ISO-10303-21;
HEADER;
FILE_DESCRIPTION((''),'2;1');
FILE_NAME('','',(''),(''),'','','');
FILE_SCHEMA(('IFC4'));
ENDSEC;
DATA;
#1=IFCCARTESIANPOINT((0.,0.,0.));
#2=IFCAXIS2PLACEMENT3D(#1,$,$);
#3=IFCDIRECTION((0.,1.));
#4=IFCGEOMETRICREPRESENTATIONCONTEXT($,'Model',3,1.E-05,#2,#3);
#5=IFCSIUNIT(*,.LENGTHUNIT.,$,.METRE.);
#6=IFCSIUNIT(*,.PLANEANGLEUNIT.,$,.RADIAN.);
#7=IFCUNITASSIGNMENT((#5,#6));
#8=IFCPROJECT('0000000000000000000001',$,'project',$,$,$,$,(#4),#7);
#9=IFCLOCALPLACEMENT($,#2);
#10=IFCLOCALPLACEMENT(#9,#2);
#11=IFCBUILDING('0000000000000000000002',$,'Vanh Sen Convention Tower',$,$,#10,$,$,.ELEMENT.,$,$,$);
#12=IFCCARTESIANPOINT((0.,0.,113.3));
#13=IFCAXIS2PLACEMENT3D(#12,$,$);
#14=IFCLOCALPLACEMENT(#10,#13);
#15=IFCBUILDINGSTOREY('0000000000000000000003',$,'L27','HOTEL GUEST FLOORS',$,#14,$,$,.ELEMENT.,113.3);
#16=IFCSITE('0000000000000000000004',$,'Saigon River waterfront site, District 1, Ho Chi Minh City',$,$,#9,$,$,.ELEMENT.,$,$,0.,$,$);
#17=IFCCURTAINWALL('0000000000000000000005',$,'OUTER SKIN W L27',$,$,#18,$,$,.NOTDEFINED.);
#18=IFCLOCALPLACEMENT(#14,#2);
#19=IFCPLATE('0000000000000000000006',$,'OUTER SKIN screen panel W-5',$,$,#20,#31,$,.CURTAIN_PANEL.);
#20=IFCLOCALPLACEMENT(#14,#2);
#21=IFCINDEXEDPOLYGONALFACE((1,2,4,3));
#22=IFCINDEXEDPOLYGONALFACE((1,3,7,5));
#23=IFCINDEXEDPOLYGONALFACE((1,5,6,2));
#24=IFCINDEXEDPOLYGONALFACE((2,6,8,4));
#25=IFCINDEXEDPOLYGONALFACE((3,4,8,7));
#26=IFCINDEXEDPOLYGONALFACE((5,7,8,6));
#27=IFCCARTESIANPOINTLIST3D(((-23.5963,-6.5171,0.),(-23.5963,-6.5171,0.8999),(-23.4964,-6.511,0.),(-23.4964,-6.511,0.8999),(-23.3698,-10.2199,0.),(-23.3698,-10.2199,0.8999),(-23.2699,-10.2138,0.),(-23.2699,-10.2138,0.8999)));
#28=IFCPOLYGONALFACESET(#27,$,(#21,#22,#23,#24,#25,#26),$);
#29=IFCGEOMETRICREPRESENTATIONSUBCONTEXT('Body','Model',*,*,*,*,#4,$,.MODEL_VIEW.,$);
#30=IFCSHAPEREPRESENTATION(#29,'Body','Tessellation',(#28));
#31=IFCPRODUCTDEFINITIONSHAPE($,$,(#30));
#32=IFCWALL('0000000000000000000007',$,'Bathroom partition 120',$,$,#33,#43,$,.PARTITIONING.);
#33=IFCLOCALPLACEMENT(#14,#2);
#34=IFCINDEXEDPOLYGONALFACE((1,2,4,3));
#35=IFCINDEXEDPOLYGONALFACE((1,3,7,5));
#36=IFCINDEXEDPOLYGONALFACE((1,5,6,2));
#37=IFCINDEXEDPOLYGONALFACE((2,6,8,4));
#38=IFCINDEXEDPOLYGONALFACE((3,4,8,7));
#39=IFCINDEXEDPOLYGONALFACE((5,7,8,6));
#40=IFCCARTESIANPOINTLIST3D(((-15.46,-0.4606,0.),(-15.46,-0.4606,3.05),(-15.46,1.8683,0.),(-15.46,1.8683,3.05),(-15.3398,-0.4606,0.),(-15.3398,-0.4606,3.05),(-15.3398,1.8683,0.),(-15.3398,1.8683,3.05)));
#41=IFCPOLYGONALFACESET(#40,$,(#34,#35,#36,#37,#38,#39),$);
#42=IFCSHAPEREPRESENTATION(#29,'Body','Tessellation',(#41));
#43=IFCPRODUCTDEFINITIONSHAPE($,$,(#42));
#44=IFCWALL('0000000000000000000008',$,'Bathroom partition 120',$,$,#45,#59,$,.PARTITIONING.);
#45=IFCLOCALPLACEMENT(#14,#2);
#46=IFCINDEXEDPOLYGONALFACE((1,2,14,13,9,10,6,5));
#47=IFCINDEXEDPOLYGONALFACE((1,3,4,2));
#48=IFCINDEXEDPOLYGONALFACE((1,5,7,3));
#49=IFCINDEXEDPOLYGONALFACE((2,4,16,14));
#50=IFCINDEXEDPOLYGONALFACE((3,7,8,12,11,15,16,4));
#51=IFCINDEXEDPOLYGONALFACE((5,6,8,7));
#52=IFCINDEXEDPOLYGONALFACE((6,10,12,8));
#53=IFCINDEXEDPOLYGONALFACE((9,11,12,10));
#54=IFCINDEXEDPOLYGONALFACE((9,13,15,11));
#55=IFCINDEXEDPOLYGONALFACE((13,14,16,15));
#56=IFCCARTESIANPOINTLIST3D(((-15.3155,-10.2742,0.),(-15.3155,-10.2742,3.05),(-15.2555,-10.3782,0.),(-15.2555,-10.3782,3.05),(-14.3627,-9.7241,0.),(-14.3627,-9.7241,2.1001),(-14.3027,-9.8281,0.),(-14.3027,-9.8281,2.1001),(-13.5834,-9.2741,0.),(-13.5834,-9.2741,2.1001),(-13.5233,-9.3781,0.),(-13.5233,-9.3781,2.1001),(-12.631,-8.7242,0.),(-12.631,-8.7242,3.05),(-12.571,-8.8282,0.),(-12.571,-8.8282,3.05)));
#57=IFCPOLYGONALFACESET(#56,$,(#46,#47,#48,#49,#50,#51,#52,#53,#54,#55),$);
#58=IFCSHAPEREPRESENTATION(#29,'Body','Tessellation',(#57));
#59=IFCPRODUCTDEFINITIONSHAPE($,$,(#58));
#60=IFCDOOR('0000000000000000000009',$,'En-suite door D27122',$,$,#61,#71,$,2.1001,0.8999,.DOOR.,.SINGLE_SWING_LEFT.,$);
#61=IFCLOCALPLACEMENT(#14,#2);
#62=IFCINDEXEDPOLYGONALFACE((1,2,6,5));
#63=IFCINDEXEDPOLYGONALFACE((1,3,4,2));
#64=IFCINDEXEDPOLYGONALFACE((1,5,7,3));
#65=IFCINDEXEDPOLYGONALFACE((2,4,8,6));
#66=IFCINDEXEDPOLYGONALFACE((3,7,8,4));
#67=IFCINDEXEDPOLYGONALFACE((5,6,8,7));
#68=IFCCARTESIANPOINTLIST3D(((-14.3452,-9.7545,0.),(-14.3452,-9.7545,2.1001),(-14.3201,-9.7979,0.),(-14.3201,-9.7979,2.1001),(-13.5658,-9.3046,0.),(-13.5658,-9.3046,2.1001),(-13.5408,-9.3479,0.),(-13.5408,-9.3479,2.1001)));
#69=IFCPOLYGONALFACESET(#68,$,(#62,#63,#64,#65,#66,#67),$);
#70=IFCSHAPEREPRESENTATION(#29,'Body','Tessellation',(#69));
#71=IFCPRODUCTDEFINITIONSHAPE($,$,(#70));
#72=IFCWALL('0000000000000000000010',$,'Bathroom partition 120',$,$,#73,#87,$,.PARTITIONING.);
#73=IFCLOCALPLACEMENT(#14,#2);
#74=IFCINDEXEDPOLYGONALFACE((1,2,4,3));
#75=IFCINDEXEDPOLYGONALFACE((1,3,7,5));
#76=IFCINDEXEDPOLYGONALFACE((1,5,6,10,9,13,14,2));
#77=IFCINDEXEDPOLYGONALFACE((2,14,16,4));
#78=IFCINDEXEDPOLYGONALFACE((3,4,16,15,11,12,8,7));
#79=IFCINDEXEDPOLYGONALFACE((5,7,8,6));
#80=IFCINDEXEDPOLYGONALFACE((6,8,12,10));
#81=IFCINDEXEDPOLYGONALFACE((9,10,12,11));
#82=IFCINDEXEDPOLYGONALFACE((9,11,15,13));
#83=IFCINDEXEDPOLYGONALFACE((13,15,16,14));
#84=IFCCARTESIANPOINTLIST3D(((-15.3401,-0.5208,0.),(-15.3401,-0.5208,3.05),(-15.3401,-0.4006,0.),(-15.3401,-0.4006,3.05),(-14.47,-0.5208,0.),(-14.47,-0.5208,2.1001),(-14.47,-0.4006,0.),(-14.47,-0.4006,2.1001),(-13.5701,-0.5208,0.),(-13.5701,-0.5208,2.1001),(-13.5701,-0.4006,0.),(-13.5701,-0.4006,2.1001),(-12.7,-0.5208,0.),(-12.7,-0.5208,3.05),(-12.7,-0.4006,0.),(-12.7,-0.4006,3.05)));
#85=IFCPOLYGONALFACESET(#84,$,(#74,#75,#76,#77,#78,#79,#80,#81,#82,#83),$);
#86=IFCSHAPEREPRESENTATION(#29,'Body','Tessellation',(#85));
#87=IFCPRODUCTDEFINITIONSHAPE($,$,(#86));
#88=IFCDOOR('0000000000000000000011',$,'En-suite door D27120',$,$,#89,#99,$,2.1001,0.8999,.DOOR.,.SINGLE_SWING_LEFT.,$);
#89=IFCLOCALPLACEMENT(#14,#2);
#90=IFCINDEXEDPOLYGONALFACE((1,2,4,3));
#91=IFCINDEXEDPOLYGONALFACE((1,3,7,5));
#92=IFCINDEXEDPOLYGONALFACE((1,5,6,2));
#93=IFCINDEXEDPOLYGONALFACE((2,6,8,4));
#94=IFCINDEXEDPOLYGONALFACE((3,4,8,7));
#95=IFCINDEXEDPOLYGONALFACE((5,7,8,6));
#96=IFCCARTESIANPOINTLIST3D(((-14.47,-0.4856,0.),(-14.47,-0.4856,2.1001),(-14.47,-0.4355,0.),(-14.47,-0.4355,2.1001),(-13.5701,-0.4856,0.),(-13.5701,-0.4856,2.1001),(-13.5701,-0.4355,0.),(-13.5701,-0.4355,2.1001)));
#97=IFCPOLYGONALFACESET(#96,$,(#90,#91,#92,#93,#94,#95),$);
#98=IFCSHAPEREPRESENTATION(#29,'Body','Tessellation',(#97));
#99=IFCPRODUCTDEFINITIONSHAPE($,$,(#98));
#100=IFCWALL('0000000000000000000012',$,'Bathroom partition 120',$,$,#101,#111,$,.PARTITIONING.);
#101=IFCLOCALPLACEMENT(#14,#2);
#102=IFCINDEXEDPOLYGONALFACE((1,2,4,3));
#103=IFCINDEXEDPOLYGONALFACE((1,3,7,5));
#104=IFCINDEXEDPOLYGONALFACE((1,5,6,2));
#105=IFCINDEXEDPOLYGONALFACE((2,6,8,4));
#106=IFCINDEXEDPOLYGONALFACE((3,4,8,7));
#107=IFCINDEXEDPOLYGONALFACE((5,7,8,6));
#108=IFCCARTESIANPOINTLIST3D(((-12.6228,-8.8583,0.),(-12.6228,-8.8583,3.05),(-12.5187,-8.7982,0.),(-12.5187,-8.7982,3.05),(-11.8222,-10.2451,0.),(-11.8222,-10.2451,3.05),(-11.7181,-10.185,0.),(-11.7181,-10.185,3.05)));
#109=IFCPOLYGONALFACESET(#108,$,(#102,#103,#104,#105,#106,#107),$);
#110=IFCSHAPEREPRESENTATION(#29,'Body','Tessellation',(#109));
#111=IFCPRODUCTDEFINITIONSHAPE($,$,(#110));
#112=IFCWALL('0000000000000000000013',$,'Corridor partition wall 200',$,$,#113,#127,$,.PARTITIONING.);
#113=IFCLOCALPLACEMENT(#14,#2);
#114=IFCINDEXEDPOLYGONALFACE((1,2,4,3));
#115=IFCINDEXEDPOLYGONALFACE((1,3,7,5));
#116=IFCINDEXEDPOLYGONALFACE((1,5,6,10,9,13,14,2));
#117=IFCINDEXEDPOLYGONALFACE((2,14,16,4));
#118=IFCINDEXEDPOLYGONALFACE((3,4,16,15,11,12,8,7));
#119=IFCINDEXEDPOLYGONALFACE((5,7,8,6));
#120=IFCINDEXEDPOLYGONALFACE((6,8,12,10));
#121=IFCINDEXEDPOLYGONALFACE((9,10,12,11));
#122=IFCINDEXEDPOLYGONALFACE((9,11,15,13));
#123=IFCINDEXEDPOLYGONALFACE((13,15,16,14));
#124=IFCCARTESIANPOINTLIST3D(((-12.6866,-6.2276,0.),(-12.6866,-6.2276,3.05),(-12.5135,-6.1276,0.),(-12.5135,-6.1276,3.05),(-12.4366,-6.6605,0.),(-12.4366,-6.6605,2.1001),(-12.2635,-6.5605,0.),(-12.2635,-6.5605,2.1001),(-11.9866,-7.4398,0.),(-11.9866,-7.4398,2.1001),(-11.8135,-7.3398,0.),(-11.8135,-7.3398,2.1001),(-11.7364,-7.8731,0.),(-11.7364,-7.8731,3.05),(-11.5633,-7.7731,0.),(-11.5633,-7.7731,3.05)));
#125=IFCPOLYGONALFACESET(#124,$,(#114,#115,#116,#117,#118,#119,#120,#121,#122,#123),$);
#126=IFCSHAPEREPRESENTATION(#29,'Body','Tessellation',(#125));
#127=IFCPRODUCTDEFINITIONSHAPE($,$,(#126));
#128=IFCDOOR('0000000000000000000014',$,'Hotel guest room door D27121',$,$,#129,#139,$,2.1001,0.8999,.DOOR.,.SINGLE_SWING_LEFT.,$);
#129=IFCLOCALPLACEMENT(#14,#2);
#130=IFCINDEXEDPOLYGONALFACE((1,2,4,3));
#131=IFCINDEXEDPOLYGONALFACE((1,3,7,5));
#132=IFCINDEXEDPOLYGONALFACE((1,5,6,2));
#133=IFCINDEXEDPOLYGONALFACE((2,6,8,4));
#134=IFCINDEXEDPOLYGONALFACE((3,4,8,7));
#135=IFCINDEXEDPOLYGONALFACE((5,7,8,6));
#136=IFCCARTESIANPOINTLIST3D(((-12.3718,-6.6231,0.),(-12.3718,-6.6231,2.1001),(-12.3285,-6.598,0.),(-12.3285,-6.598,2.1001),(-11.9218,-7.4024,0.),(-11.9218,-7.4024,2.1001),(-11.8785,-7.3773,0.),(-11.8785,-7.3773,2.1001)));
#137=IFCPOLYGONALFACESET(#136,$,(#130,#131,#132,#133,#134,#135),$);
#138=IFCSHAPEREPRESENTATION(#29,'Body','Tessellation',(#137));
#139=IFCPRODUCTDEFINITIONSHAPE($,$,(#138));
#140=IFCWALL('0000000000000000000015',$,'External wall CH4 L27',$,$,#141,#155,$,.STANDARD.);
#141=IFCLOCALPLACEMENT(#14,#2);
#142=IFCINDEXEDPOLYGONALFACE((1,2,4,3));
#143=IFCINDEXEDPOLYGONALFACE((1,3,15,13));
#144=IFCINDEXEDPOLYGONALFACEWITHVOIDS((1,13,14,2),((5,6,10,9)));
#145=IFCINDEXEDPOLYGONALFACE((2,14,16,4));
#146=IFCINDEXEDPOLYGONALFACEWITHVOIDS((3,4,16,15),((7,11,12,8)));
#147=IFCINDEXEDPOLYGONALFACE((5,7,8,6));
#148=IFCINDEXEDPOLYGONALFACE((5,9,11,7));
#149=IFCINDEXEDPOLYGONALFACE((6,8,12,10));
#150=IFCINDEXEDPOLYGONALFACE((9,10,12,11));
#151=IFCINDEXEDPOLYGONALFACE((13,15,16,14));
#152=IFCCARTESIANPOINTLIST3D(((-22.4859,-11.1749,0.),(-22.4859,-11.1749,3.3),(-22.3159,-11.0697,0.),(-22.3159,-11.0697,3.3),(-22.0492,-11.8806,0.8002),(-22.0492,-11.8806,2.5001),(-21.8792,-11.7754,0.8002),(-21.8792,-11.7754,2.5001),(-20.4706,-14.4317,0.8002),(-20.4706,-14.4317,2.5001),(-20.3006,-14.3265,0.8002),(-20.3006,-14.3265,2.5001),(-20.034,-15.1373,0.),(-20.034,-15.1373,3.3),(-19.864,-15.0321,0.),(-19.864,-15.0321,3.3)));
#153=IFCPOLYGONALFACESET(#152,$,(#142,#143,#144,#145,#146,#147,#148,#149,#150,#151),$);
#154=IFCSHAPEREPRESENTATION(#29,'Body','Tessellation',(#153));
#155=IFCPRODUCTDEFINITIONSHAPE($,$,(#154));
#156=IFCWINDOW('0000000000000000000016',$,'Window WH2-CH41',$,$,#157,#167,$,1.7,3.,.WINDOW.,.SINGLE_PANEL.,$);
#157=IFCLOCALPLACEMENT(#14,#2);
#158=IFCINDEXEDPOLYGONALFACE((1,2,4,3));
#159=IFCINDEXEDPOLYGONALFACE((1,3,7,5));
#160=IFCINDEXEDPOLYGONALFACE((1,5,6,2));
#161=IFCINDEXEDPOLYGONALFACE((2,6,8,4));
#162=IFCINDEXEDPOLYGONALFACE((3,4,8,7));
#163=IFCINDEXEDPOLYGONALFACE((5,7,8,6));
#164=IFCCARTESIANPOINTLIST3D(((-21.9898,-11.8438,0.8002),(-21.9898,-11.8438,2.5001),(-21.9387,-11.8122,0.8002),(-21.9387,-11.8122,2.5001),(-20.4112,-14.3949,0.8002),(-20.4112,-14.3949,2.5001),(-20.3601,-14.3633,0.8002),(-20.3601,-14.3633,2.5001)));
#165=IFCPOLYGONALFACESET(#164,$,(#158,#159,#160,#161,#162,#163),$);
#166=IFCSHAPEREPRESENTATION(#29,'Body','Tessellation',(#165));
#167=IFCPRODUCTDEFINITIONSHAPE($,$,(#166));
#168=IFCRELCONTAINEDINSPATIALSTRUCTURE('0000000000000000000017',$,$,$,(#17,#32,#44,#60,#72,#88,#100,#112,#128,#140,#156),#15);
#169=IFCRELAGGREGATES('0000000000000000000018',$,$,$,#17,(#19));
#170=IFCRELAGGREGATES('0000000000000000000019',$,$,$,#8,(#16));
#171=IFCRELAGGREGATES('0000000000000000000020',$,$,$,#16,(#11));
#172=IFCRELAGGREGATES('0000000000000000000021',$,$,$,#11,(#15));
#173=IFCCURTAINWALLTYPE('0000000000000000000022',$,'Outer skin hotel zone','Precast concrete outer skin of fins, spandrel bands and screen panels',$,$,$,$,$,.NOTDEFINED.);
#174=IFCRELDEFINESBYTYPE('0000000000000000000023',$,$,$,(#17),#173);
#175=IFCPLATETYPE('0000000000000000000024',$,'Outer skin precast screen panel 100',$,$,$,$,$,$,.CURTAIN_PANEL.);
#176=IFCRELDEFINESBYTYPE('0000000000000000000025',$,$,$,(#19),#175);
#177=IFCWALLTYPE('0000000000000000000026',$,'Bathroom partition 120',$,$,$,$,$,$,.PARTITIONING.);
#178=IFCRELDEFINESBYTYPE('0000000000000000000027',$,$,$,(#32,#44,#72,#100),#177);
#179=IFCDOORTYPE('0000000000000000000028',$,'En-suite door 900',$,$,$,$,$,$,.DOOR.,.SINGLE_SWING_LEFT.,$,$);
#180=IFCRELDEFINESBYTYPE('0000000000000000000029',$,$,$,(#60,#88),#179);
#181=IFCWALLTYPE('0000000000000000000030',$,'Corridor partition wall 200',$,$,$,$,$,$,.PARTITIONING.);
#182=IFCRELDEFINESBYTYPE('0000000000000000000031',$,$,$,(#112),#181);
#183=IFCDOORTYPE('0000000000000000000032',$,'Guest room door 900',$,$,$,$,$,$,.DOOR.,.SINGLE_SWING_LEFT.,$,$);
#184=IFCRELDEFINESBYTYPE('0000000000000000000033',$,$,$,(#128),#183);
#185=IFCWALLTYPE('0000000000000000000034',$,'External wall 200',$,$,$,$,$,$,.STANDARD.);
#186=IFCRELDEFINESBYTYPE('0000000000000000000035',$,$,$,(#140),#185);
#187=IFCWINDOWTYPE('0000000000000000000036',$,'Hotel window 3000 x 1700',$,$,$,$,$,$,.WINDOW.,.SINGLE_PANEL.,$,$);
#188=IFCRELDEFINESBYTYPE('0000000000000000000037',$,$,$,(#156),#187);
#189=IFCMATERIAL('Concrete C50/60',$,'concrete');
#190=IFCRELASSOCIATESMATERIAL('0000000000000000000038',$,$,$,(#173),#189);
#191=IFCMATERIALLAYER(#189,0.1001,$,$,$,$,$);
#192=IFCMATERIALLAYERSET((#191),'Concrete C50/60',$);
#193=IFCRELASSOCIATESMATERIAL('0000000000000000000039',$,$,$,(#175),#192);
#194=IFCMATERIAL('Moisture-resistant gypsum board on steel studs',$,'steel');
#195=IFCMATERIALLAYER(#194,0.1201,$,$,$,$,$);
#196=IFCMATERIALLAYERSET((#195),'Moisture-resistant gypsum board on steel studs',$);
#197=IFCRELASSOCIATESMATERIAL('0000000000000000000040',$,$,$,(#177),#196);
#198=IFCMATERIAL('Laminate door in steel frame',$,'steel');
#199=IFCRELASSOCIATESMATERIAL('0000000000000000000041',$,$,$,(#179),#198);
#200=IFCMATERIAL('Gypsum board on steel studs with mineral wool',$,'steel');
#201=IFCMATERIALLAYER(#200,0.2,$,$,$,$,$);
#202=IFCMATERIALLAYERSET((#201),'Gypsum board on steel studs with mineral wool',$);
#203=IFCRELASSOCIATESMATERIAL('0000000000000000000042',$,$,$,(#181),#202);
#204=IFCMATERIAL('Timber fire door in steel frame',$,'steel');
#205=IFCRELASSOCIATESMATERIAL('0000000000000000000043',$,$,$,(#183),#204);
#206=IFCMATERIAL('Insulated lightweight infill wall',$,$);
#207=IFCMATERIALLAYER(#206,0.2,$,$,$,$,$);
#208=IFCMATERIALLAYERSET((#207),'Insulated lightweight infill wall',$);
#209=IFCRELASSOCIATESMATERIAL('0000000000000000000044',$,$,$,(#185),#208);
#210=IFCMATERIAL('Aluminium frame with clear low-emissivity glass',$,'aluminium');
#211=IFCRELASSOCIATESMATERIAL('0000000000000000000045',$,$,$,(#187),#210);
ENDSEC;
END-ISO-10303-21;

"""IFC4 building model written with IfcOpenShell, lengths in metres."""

from ifc_helpers import new_model, si_unit, direction, frame, frame_2d, origin, origin_2d, place, context, subcontext, project, spatial, rectangle, extrude, material, layer, layer_set, type_object, element, fill, aggregate, save


model = new_model("IFC4")

# Units and contexts
model_context = context("Model", 3, precision=1e-05, world=origin(), true_north=direction((0.0, 1.0)))
body_context = subcontext(model_context, "Body", "Model", "MODEL_VIEW")
ifc_project = project(units=[si_unit("LENGTHUNIT", "METRE"), si_unit("PLANEANGLEUNIT", "RADIAN")], contexts=[model_context])

# Site, building, storey
site_placement = place(None, origin())
site = spatial("IfcSite", under=ifc_project, at=site_placement, Name="Saigon River waterfront site, District 1, Ho Chi Minh City", CompositionType="ELEMENT", RefElevation=0.0)
building_placement = place(site_placement, origin())
building = spatial("IfcBuilding", under=site, at=building_placement, Name="Vanh Sen Convention Tower", CompositionType="ELEMENT")
storey_placement = place(building_placement, frame((0.0, 0.0, 113.3)))
storey = spatial("IfcBuildingStorey", under=building, at=storey_placement, Name="L27", Description="HOTEL GUEST FLOORS", CompositionType="ELEMENT", Elevation=113.3)

# Curtain wall
ifc_material_1 = material(Name="Concrete C50/60", Category="concrete")
curtain_wall_type = type_object("IfcCurtainWallType", Name="Outer skin hotel zone", Description="Precast concrete outer skin of fins, spandrel bands and screen panels", PredefinedType="NOTDEFINED", material=ifc_material_1)
curtain_wall_1_placement = place(storey_placement, origin())
curtain_wall_1 = element("IfcCurtainWall", 1, at=curtain_wall_1_placement, inside=storey, type_object=curtain_wall_type, Name="OUTER SKIN W L27", PredefinedType="NOTDEFINED")

# Plate
ifc_layer_1 = layer(ifc_material_1, 0.1001)
ifc_layer_set_1 = layer_set([ifc_layer_1], Name="Concrete C50/60")
plate_type = type_object("IfcPlateType", Name="Outer skin precast screen panel 100", PredefinedType="CURTAIN_PANEL", material=ifc_layer_set_1)
plate_1_placement = place(storey_placement, frame((-23.4331, -8.3655, 0.0), z_axis=(0.0, 0.0, 1.0), x_axis=(0.061047, -0.998135, 0.0)))
plate_1 = element("IfcPlate", 2, at=plate_1_placement, type_object=plate_type, Name="OUTER SKIN screen panel W-5", PredefinedType="CURTAIN_PANEL", context=body_context, shape_type="SweptSolid", body=[
    extrude(rectangle(XDim=3.7097, YDim=0.1001, at=origin_2d()), origin(), (0.0, 0.0, 1.0), 0.8999),
])
aggregate(curtain_wall_1, [plate_1])

# Wall
ifc_material_2 = material(Name="Moisture-resistant gypsum board on steel studs", Category="steel")
ifc_layer_2 = layer(ifc_material_2, 0.1201)
ifc_layer_set_2 = layer_set([ifc_layer_2], Name="Moisture-resistant gypsum board on steel studs")
wall_type_1 = type_object("IfcWallType", Name="Bathroom partition 120", PredefinedType="PARTITIONING", material=ifc_layer_set_2)
wall_1_placement = place(storey_placement, frame((-15.3999, -0.4607, 0.0), z_axis=(0.0, 0.0, 1.0), x_axis=(0.0, 1.0, 0.0)))
element("IfcWall", 3, at=wall_1_placement, inside=storey, type_object=wall_type_1, Name="Bathroom partition 120", PredefinedType="PARTITIONING", context=body_context, shape_type="SweptSolid", body=[
    extrude(rectangle(XDim=2.3289, YDim=0.1201, at=frame_2d((1.1646, 0.0))), origin(), (0.0, 0.0, 1.0), 3.05),
])

# Walls, openings, doors
wall_2_placement = place(storey_placement, frame((-15.2854, -10.3262, 0.0), z_axis=(0.0, 0.0, 1.0), x_axis=(0.86601, 0.500027, 0.0)))
wall_2 = element("IfcWall", 4, at=wall_2_placement, inside=storey, type_object=wall_type_1, Name="Bathroom partition 120", PredefinedType="PARTITIONING", context=body_context, shape_type="SweptSolid", body=[
    extrude(rectangle(XDim=3.0999, YDim=0.1201, at=frame_2d((1.5498, 0.0))), origin(), (0.0, 0.0, 1.0), 3.05),
])
opening_1_placement = place(wall_2_placement, frame((1.1001, 0.0, 0.0)))
opening_1 = element("IfcOpeningElement", 5, at=opening_1_placement, cuts=wall_2, PredefinedType="OPENING", context=body_context, shape_type="SweptSolid", body=[
    extrude(rectangle(XDim=0.8999, YDim=2.1001, at=frame_2d((0.45, 1.05))), frame((0.0, 0.0701, 0.0), z_axis=(0.0, -1.0, 0.0), x_axis=(1.0, 0.0, 0.0)), (0.0, 0.0, 1.0), 0.1401),
])
ifc_material_3 = material(Name="Laminate door in steel frame", Category="steel")
door_type_1 = type_object("IfcDoorType", Name="En-suite door 900", OperationType="SINGLE_SWING_LEFT", PredefinedType="DOOR", material=ifc_material_3)
door_1_placement = place(opening_1_placement, origin())
door_1 = element("IfcDoor", 6, at=door_1_placement, inside=storey, type_object=door_type_1, Name="En-suite door D27122", OperationType="SINGLE_SWING_LEFT", OverallHeight=2.1001, OverallWidth=0.8999, PredefinedType="DOOR", context=body_context, shape_type="SweptSolid", body=[
    extrude(rectangle(XDim=0.8999, YDim=2.1001, at=frame_2d((0.45, 1.05))), frame((0.0, 0.0249, 0.0), z_axis=(0.0, -1.0, 0.0), x_axis=(1.0, 0.0, 0.0)), (0.0, 0.0, 1.0), 0.05),
])
fill(opening_1, door_1)
wall_3_placement = place(storey_placement, frame((-12.7, -0.4607, 0.0), z_axis=(0.0, 0.0, 1.0), x_axis=(-1.0, 0.0, 0.0)))
wall_3 = element("IfcWall", 7, at=wall_3_placement, inside=storey, type_object=wall_type_1, Name="Bathroom partition 120", PredefinedType="PARTITIONING", context=body_context, shape_type="SweptSolid", body=[
    extrude(rectangle(XDim=2.6401, YDim=0.1201, at=frame_2d((1.3201, 0.0))), origin(), (0.0, 0.0, 1.0), 3.05),
])
opening_2_placement = place(wall_3_placement, frame((0.8701, 0.0, 0.0)))
opening_2 = element("IfcOpeningElement", 8, at=opening_2_placement, cuts=wall_3, PredefinedType="OPENING", context=body_context, shape_type="SweptSolid", body=[
    extrude(rectangle(XDim=0.8999, YDim=2.1001, at=frame_2d((0.45, 1.05))), frame((0.0, 0.0701, 0.0), z_axis=(0.0, -1.0, 0.0), x_axis=(1.0, 0.0, 0.0)), (0.0, 0.0, 1.0), 0.1401),
])
door_2_placement = place(opening_2_placement, origin())
door_2 = element("IfcDoor", 9, at=door_2_placement, inside=storey, type_object=door_type_1, Name="En-suite door D27120", OperationType="SINGLE_SWING_LEFT", OverallHeight=2.1001, OverallWidth=0.8999, PredefinedType="DOOR", context=body_context, shape_type="SweptSolid", body=[
    extrude(rectangle(XDim=0.8999, YDim=2.1001, at=frame_2d((0.45, 1.05))), frame((0.0, 0.0249, 0.0), z_axis=(0.0, -1.0, 0.0), x_axis=(1.0, 0.0, 0.0)), (0.0, 0.0, 1.0), 0.05),
])
fill(opening_2, door_2)

# Wall
wall_4_placement = place(storey_placement, frame((-12.5708, -8.8281, 0.0), z_axis=(0.0, 0.0, 1.0), x_axis=(0.49996, -0.866048, 0.0)))
element("IfcWall", 10, at=wall_4_placement, inside=storey, type_object=wall_type_1, Name="Bathroom partition 120", PredefinedType="PARTITIONING", context=body_context, shape_type="SweptSolid", body=[
    extrude(rectangle(XDim=1.6013, YDim=0.1201, at=frame_2d((0.8008, 0.0))), origin(), (0.0, 0.0, 1.0), 3.05),
])

# Wall, opening, door
ifc_material_4 = material(Name="Gypsum board on steel studs with mineral wool", Category="steel")
ifc_layer_3 = layer(ifc_material_4, 0.2)
ifc_layer_set_3 = layer_set([ifc_layer_3], Name="Gypsum board on steel studs with mineral wool")
wall_type_2 = type_object("IfcWallType", Name="Corridor partition wall 200", PredefinedType="PARTITIONING", material=ifc_layer_set_3)
wall_5_placement = place(storey_placement, frame((-12.6001, -6.1775, 0.0), z_axis=(0.0, 0.0, 1.0), x_axis=(0.500064, -0.865989, 0.0)))
wall_5 = element("IfcWall", 11, at=wall_5_placement, inside=storey, type_object=wall_type_2, Name="Corridor partition wall 200", PredefinedType="PARTITIONING", context=body_context, shape_type="SweptSolid", body=[
    extrude(rectangle(XDim=1.9001, YDim=0.2, at=frame_2d((0.9502, 0.0))), origin(), (0.0, 0.0, 1.0), 3.05),
])
opening_3_placement = place(wall_5_placement, frame((0.5, 0.0, 0.0)))
opening_3 = element("IfcOpeningElement", 12, at=opening_3_placement, cuts=wall_5, PredefinedType="OPENING", context=body_context, shape_type="SweptSolid", body=[
    extrude(rectangle(XDim=0.8999, YDim=2.1001, at=frame_2d((0.45, 1.05))), frame((0.0, 0.1099, 0.0), z_axis=(0.0, -1.0, 0.0), x_axis=(1.0, 0.0, 0.0)), (0.0, 0.0, 1.0), 0.22),
])
ifc_material_5 = material(Name="Timber fire door in steel frame", Category="steel")
door_type_2 = type_object("IfcDoorType", Name="Guest room door 900", OperationType="SINGLE_SWING_LEFT", PredefinedType="DOOR", material=ifc_material_5)
door_3_placement = place(opening_3_placement, origin())
door_3 = element("IfcDoor", 13, at=door_3_placement, inside=storey, type_object=door_type_2, Name="Hotel guest room door D27121", OperationType="SINGLE_SWING_LEFT", OverallHeight=2.1001, OverallWidth=0.8999, PredefinedType="DOOR", context=body_context, shape_type="SweptSolid", body=[
    extrude(rectangle(XDim=0.8999, YDim=2.1001, at=frame_2d((0.45, 1.05))), frame((0.0, 0.0249, 0.0), z_axis=(0.0, -1.0, 0.0), x_axis=(1.0, 0.0, 0.0)), (0.0, 0.0, 1.0), 0.05),
])
fill(opening_3, door_3)

# Wall, opening, window
ifc_material_6 = material(Name="Insulated lightweight infill wall")
ifc_layer_4 = layer(ifc_material_6, 0.2)
ifc_layer_set_4 = layer_set([ifc_layer_4], Name="Insulated lightweight infill wall")
wall_type_3 = type_object("IfcWallType", Name="External wall 200", PredefinedType="STANDARD", material=ifc_layer_set_4)
wall_6_placement = place(storey_placement, frame((-22.4009, -11.1223, 0.0), z_axis=(0.0, 0.0, 1.0), x_axis=(0.526198, -0.850362, 0.0)))
wall_6 = element("IfcWall", 14, at=wall_6_placement, inside=storey, type_object=wall_type_3, Name="External wall CH4 L27", PredefinedType="STANDARD", context=body_context, shape_type="SweptSolid", body=[
    extrude(rectangle(XDim=4.6597, YDim=0.2, at=frame_2d((2.3298, 0.0))), origin(), (0.0, 0.0, 1.0), 3.3),
])
opening_4_placement = place(wall_6_placement, frame((0.8298, 0.0, 0.8)))
opening_4 = element("IfcOpeningElement", 15, at=opening_4_placement, cuts=wall_6, PredefinedType="OPENING", context=body_context, shape_type="SweptSolid", body=[
    extrude(rectangle(XDim=3.0, YDim=1.7, at=frame_2d((1.5, 0.8501))), frame((0.0, 0.1099, 0.0), z_axis=(0.0, -1.0, 0.0), x_axis=(1.0, 0.0, 0.0)), (0.0, 0.0, 1.0), 0.22),
])
ifc_material_7 = material(Name="Aluminium frame with clear low-emissivity glass", Category="aluminium")
window_type = type_object("IfcWindowType", Name="Hotel window 3000 x 1700", PartitioningType="SINGLE_PANEL", PredefinedType="WINDOW", material=ifc_material_7)
window_placement = place(opening_4_placement, origin())
window = element("IfcWindow", 16, at=window_placement, inside=storey, type_object=window_type, Name="Window WH2-CH41", OverallHeight=1.7, OverallWidth=3.0, PartitioningType="SINGLE_PANEL", PredefinedType="WINDOW", context=body_context, shape_type="SweptSolid", body=[
    extrude(rectangle(XDim=3.0, YDim=1.7, at=frame_2d((1.5, 0.8501))), frame((0.0, 0.03, 0.0), z_axis=(0.0, -1.0, 0.0), x_axis=(1.0, 0.0, 0.0)), (0.0, 0.0, 1.0), 0.0601),
])
fill(opening_4, window)

save(model, "model.ifc")
